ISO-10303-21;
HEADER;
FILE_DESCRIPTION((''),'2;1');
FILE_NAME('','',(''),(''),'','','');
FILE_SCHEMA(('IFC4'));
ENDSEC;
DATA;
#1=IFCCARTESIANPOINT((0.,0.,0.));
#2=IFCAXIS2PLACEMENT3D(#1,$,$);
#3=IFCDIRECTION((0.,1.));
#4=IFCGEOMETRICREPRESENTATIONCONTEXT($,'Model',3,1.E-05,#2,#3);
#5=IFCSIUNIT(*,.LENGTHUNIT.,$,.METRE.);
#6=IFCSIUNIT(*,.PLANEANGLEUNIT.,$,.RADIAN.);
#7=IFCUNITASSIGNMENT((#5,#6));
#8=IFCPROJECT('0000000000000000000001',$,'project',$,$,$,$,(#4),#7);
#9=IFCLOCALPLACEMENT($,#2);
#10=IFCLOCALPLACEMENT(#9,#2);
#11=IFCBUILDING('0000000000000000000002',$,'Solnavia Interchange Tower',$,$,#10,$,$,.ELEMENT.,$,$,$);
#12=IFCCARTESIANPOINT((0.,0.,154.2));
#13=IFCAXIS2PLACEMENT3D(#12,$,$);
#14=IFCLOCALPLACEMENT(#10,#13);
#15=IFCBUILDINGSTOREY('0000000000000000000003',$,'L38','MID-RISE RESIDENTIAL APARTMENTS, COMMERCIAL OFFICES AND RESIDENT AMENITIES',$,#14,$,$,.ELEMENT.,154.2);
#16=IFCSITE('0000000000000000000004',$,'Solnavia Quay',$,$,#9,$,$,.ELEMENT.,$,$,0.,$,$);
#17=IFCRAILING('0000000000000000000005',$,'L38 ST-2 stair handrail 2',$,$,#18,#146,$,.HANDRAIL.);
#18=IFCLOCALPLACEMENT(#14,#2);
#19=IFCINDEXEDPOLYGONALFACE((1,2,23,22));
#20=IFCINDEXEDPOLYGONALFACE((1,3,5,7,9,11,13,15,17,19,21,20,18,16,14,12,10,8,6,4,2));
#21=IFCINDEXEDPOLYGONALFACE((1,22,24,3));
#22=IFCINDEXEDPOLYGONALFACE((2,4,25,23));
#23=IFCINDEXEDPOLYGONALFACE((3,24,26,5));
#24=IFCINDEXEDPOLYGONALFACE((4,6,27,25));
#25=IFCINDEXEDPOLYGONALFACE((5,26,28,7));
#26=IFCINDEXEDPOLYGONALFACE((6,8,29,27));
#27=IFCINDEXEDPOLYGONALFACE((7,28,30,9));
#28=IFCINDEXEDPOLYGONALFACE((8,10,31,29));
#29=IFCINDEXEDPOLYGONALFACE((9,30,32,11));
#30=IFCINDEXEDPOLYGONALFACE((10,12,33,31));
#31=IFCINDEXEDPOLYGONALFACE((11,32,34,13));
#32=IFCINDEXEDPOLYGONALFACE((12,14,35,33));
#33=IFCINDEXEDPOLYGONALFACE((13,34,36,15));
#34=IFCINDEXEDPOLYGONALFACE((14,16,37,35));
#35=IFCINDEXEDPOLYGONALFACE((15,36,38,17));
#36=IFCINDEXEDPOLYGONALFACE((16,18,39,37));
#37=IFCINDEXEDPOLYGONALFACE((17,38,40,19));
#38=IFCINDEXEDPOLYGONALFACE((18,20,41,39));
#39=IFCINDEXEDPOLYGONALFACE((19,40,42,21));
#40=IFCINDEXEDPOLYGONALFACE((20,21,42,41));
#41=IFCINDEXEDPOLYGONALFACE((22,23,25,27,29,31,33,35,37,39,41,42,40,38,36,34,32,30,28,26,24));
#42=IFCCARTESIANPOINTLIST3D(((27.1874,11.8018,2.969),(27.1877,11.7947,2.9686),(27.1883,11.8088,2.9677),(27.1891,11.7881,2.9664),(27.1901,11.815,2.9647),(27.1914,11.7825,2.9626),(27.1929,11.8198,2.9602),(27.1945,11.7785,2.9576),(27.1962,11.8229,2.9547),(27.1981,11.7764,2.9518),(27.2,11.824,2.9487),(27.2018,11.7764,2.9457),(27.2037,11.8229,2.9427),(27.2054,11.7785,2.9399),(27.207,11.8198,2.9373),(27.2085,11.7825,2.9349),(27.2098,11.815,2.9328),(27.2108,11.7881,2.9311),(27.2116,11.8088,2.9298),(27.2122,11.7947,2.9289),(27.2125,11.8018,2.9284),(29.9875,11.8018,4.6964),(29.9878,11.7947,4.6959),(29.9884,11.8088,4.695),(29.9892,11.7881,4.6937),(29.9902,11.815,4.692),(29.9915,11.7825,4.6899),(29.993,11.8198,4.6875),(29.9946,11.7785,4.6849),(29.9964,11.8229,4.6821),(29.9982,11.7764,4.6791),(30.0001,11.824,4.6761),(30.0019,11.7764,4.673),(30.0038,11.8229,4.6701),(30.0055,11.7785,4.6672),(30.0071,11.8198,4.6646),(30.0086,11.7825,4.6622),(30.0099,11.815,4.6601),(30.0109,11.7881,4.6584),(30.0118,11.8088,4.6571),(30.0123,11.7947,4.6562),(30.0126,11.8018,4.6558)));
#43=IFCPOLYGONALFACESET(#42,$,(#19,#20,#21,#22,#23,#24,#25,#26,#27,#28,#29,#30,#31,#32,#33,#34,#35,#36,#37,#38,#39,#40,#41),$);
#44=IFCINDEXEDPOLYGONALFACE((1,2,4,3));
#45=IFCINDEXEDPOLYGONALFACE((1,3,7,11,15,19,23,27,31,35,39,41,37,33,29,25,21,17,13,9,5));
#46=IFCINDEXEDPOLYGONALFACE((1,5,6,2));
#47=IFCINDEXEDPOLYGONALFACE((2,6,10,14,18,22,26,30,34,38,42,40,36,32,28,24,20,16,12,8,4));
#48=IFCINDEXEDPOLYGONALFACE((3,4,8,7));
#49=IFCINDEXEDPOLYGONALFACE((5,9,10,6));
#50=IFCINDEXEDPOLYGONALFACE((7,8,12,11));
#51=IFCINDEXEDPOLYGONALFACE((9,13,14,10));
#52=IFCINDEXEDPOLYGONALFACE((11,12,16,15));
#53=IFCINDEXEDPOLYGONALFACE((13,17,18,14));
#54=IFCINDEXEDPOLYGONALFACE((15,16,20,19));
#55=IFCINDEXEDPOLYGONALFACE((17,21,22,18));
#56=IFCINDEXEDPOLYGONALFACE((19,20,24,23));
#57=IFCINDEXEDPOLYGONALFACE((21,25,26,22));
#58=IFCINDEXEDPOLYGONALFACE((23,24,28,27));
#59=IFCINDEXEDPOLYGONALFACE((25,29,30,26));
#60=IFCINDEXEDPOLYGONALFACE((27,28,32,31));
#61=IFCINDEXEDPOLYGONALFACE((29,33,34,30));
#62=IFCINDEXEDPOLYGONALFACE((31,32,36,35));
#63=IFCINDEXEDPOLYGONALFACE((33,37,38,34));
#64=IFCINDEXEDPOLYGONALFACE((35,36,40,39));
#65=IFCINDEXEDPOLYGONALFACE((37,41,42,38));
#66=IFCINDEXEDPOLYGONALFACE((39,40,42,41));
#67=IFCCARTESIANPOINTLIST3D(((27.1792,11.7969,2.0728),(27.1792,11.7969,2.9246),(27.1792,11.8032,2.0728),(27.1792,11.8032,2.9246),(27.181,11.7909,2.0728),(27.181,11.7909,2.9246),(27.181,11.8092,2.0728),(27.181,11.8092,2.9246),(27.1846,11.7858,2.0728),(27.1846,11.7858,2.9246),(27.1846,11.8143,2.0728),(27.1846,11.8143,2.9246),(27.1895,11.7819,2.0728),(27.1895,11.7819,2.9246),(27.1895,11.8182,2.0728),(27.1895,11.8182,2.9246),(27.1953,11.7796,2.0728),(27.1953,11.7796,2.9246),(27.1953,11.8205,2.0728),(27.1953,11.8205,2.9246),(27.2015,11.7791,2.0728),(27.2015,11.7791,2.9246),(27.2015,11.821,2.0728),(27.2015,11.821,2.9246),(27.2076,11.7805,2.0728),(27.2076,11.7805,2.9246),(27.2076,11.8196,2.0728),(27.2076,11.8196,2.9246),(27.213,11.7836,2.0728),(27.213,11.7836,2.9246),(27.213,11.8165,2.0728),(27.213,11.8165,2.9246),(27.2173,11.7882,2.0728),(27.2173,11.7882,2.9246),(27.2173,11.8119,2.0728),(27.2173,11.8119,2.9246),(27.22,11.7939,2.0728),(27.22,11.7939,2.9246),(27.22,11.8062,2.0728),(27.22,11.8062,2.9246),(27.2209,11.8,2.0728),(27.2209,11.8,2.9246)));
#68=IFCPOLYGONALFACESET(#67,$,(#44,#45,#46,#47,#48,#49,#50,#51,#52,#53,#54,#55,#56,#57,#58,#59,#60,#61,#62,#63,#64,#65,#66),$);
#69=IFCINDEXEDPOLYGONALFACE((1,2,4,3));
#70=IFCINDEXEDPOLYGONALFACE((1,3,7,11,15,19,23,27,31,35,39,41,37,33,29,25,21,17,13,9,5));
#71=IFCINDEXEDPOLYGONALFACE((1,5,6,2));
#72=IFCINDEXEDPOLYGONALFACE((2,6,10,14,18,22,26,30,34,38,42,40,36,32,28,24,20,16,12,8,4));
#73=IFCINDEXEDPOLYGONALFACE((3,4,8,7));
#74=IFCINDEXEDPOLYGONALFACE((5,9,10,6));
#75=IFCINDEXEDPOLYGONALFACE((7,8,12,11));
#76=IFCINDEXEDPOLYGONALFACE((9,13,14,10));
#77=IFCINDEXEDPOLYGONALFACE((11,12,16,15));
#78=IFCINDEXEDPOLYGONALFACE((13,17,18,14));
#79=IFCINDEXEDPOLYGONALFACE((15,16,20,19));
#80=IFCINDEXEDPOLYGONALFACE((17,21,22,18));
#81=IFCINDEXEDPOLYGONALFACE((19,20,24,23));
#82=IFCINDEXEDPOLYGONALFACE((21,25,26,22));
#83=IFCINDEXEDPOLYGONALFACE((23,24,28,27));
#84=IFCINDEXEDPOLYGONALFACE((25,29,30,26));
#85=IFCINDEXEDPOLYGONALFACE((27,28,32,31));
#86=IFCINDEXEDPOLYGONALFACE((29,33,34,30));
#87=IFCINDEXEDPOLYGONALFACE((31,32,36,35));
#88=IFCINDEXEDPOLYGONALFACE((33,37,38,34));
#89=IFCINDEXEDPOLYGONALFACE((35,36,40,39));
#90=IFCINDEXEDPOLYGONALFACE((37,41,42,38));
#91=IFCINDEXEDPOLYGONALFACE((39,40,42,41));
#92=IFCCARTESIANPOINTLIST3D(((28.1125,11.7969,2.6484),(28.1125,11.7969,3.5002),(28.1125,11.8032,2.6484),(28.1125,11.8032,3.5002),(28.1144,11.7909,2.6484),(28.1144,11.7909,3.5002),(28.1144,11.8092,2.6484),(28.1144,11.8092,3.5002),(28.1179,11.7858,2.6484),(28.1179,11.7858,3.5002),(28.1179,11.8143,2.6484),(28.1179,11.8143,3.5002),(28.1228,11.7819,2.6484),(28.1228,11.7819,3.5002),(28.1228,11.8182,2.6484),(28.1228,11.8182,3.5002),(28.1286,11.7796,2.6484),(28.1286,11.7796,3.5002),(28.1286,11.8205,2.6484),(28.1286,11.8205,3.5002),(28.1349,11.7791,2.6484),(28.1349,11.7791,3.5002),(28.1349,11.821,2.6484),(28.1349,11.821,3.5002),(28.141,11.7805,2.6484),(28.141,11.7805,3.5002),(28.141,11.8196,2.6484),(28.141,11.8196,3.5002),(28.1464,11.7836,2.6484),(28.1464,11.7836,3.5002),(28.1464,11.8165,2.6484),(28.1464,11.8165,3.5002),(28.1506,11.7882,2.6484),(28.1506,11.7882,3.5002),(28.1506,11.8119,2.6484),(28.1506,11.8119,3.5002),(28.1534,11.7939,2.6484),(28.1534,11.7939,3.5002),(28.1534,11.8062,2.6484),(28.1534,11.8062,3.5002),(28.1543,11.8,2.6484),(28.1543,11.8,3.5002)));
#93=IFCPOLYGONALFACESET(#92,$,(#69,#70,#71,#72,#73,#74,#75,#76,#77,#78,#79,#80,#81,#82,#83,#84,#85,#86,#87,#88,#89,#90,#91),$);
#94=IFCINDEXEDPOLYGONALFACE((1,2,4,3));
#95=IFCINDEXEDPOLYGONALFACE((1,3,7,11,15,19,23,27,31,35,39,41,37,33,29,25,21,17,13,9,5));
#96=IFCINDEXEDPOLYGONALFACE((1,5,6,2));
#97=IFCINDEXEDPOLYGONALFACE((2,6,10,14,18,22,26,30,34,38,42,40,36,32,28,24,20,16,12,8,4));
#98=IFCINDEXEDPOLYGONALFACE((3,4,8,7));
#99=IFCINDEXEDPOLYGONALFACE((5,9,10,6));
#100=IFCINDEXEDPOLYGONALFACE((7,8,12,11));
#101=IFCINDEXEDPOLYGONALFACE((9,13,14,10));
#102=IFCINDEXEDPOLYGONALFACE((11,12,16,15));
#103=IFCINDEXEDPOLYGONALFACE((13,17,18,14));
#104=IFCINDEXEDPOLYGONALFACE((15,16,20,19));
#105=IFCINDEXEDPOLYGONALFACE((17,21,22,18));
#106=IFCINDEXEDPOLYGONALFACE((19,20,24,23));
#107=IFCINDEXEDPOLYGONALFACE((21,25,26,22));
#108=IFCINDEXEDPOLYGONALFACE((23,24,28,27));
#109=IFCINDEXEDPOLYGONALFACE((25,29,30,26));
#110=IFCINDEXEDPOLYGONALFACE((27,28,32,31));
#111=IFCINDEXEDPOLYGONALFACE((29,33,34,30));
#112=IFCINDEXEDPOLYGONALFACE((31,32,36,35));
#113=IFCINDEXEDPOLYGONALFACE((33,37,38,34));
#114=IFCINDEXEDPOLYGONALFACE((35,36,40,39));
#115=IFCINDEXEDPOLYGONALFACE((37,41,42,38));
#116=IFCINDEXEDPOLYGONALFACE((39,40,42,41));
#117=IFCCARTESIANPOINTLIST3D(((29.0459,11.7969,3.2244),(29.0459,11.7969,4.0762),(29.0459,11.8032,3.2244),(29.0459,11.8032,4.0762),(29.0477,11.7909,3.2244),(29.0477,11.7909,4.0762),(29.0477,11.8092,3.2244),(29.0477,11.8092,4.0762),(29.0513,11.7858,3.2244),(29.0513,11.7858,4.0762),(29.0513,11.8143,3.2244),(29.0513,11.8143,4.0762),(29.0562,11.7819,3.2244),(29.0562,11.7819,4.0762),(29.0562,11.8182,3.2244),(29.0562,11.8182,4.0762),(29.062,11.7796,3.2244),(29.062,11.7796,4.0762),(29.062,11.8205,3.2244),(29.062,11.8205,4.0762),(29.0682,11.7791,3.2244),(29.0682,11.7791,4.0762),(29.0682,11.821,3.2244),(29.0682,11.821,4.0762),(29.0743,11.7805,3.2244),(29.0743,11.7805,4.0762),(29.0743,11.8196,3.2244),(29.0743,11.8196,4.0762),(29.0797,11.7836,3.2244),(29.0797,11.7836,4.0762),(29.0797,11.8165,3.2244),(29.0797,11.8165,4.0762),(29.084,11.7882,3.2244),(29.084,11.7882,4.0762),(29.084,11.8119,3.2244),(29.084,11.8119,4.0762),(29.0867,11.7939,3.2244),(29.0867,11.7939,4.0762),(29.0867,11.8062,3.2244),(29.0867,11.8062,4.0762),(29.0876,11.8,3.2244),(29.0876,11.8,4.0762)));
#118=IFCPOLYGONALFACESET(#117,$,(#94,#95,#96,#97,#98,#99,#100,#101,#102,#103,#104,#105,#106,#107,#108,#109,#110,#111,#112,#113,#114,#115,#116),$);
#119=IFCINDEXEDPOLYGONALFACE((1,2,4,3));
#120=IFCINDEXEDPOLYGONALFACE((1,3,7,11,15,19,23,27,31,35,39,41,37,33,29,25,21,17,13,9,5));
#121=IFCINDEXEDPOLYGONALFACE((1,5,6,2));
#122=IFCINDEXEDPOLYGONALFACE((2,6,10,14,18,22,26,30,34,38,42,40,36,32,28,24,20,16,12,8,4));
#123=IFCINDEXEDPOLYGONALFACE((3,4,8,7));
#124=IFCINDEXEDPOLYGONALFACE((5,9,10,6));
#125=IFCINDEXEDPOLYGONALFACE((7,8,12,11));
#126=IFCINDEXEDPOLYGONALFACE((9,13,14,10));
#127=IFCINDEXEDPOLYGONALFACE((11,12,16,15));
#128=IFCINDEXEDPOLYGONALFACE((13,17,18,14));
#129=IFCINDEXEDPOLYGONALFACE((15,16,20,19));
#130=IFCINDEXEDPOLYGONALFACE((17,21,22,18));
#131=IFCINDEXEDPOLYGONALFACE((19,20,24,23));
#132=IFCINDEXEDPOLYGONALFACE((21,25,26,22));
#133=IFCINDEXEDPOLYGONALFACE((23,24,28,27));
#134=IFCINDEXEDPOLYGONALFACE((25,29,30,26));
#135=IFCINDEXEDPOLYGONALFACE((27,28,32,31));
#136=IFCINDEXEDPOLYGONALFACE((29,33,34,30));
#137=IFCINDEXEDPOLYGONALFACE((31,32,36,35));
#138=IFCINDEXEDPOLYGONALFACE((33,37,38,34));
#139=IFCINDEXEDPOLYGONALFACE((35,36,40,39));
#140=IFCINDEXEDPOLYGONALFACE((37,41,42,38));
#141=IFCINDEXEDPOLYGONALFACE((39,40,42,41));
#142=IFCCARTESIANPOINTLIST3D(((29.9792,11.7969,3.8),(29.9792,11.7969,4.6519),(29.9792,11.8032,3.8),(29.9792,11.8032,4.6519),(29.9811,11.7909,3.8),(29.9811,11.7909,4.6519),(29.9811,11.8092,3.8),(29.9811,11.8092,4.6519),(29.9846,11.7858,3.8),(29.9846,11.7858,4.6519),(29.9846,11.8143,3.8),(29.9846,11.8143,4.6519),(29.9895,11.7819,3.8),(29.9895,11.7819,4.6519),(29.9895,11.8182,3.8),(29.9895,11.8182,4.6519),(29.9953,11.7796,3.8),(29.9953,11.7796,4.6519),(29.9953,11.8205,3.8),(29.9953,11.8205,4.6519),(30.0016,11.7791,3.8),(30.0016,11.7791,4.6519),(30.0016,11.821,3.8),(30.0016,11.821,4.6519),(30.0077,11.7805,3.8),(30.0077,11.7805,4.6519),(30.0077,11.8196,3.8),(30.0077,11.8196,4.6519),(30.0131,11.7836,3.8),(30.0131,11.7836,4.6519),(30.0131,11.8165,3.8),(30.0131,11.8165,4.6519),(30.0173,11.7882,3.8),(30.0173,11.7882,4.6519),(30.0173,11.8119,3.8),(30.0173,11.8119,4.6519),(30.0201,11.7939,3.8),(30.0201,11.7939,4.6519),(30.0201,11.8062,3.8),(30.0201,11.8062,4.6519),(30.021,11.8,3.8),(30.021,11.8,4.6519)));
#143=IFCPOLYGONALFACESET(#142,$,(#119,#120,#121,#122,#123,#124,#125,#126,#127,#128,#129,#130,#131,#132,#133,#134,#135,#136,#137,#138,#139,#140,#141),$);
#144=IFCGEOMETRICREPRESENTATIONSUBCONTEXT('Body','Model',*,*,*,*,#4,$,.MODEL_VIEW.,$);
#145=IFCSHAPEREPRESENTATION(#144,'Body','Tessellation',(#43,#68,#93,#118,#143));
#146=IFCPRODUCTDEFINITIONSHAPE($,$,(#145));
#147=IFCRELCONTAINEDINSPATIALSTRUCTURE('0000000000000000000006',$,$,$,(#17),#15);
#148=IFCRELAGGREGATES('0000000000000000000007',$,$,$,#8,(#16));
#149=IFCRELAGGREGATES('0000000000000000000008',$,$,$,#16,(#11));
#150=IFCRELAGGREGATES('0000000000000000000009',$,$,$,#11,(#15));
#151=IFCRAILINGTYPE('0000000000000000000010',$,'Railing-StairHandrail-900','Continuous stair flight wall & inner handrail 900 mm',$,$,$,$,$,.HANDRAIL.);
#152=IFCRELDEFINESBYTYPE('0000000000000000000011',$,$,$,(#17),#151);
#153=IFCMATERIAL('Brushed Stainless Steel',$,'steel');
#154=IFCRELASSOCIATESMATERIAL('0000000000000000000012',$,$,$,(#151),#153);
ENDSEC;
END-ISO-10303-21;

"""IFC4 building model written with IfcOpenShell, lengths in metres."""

from ifc_helpers import new_model, si_unit, direction, frame, origin, origin_2d, place, context, subcontext, project, spatial, circle, extrude, material, type_object, element, save


model = new_model("IFC4")

# Units and contexts
model_context = context("Model", 3, precision=1e-05, world=origin(), true_north=direction((0.0, 1.0)))
body_context = subcontext(model_context, "Body", "Model", "MODEL_VIEW")
ifc_project = project(units=[si_unit("LENGTHUNIT", "METRE"), si_unit("PLANEANGLEUNIT", "RADIAN")], contexts=[model_context])

# Site, building, storey
site_placement = place(None, origin())
site = spatial("IfcSite", under=ifc_project, at=site_placement, Name="Solnavia Quay", CompositionType="ELEMENT", RefElevation=0.0)
building_placement = place(site_placement, origin())
building = spatial("IfcBuilding", under=site, at=building_placement, Name="Solnavia Interchange Tower", CompositionType="ELEMENT")
storey_placement = place(building_placement, frame((0.0, 0.0, 154.2)))
storey = spatial("IfcBuildingStorey", under=building, at=storey_placement, Name="L38", Description="MID-RISE RESIDENTIAL APARTMENTS, COMMERCIAL OFFICES AND RESIDENT AMENITIES", CompositionType="ELEMENT", Elevation=154.2)

# Railing
ifc_material_1 = material(Name="Brushed Stainless Steel", Category="steel")
railing_type_1 = type_object("IfcRailingType", Name="Railing-StairHandrail-900", Description="Continuous stair flight wall & inner handrail 900 mm", PredefinedType="HANDRAIL", material=ifc_material_1)
railing_1_placement = place(storey_placement, frame((27.2, 11.8, 2.0728)))
element("IfcRailing", 1, at=railing_1_placement, inside=storey, type_object=railing_type_1, Name="L38 ST-2 stair handrail 2", PredefinedType="HANDRAIL", context=body_context, shape_type="SweptSolid", body=[
    extrude(circle(Radius=0.0239, at=origin_2d()), frame((0.0, 0.0, 0.876), z_axis=(0.85109, 0.0, 0.52502), x_axis=(0.0, 1.0, 0.0)), (0.0, 0.0, 1.0), 3.29),
    extrude(circle(Radius=0.021, at=origin_2d()), origin(), (0.0, 0.0, 1.0), 0.8518),
    extrude(circle(Radius=0.021, at=origin_2d()), frame((0.9333, 0.0, 0.5757)), (0.0, 0.0, 1.0), 0.8518),
    extrude(circle(Radius=0.021, at=origin_2d()), frame((1.8667, 0.0, 1.1516)), (0.0, 0.0, 1.0), 0.8518),
    extrude(circle(Radius=0.021, at=origin_2d()), frame((2.8, 0.0, 1.7273)), (0.0, 0.0, 1.0), 0.8518),
])

save(model, "model.ifc")
